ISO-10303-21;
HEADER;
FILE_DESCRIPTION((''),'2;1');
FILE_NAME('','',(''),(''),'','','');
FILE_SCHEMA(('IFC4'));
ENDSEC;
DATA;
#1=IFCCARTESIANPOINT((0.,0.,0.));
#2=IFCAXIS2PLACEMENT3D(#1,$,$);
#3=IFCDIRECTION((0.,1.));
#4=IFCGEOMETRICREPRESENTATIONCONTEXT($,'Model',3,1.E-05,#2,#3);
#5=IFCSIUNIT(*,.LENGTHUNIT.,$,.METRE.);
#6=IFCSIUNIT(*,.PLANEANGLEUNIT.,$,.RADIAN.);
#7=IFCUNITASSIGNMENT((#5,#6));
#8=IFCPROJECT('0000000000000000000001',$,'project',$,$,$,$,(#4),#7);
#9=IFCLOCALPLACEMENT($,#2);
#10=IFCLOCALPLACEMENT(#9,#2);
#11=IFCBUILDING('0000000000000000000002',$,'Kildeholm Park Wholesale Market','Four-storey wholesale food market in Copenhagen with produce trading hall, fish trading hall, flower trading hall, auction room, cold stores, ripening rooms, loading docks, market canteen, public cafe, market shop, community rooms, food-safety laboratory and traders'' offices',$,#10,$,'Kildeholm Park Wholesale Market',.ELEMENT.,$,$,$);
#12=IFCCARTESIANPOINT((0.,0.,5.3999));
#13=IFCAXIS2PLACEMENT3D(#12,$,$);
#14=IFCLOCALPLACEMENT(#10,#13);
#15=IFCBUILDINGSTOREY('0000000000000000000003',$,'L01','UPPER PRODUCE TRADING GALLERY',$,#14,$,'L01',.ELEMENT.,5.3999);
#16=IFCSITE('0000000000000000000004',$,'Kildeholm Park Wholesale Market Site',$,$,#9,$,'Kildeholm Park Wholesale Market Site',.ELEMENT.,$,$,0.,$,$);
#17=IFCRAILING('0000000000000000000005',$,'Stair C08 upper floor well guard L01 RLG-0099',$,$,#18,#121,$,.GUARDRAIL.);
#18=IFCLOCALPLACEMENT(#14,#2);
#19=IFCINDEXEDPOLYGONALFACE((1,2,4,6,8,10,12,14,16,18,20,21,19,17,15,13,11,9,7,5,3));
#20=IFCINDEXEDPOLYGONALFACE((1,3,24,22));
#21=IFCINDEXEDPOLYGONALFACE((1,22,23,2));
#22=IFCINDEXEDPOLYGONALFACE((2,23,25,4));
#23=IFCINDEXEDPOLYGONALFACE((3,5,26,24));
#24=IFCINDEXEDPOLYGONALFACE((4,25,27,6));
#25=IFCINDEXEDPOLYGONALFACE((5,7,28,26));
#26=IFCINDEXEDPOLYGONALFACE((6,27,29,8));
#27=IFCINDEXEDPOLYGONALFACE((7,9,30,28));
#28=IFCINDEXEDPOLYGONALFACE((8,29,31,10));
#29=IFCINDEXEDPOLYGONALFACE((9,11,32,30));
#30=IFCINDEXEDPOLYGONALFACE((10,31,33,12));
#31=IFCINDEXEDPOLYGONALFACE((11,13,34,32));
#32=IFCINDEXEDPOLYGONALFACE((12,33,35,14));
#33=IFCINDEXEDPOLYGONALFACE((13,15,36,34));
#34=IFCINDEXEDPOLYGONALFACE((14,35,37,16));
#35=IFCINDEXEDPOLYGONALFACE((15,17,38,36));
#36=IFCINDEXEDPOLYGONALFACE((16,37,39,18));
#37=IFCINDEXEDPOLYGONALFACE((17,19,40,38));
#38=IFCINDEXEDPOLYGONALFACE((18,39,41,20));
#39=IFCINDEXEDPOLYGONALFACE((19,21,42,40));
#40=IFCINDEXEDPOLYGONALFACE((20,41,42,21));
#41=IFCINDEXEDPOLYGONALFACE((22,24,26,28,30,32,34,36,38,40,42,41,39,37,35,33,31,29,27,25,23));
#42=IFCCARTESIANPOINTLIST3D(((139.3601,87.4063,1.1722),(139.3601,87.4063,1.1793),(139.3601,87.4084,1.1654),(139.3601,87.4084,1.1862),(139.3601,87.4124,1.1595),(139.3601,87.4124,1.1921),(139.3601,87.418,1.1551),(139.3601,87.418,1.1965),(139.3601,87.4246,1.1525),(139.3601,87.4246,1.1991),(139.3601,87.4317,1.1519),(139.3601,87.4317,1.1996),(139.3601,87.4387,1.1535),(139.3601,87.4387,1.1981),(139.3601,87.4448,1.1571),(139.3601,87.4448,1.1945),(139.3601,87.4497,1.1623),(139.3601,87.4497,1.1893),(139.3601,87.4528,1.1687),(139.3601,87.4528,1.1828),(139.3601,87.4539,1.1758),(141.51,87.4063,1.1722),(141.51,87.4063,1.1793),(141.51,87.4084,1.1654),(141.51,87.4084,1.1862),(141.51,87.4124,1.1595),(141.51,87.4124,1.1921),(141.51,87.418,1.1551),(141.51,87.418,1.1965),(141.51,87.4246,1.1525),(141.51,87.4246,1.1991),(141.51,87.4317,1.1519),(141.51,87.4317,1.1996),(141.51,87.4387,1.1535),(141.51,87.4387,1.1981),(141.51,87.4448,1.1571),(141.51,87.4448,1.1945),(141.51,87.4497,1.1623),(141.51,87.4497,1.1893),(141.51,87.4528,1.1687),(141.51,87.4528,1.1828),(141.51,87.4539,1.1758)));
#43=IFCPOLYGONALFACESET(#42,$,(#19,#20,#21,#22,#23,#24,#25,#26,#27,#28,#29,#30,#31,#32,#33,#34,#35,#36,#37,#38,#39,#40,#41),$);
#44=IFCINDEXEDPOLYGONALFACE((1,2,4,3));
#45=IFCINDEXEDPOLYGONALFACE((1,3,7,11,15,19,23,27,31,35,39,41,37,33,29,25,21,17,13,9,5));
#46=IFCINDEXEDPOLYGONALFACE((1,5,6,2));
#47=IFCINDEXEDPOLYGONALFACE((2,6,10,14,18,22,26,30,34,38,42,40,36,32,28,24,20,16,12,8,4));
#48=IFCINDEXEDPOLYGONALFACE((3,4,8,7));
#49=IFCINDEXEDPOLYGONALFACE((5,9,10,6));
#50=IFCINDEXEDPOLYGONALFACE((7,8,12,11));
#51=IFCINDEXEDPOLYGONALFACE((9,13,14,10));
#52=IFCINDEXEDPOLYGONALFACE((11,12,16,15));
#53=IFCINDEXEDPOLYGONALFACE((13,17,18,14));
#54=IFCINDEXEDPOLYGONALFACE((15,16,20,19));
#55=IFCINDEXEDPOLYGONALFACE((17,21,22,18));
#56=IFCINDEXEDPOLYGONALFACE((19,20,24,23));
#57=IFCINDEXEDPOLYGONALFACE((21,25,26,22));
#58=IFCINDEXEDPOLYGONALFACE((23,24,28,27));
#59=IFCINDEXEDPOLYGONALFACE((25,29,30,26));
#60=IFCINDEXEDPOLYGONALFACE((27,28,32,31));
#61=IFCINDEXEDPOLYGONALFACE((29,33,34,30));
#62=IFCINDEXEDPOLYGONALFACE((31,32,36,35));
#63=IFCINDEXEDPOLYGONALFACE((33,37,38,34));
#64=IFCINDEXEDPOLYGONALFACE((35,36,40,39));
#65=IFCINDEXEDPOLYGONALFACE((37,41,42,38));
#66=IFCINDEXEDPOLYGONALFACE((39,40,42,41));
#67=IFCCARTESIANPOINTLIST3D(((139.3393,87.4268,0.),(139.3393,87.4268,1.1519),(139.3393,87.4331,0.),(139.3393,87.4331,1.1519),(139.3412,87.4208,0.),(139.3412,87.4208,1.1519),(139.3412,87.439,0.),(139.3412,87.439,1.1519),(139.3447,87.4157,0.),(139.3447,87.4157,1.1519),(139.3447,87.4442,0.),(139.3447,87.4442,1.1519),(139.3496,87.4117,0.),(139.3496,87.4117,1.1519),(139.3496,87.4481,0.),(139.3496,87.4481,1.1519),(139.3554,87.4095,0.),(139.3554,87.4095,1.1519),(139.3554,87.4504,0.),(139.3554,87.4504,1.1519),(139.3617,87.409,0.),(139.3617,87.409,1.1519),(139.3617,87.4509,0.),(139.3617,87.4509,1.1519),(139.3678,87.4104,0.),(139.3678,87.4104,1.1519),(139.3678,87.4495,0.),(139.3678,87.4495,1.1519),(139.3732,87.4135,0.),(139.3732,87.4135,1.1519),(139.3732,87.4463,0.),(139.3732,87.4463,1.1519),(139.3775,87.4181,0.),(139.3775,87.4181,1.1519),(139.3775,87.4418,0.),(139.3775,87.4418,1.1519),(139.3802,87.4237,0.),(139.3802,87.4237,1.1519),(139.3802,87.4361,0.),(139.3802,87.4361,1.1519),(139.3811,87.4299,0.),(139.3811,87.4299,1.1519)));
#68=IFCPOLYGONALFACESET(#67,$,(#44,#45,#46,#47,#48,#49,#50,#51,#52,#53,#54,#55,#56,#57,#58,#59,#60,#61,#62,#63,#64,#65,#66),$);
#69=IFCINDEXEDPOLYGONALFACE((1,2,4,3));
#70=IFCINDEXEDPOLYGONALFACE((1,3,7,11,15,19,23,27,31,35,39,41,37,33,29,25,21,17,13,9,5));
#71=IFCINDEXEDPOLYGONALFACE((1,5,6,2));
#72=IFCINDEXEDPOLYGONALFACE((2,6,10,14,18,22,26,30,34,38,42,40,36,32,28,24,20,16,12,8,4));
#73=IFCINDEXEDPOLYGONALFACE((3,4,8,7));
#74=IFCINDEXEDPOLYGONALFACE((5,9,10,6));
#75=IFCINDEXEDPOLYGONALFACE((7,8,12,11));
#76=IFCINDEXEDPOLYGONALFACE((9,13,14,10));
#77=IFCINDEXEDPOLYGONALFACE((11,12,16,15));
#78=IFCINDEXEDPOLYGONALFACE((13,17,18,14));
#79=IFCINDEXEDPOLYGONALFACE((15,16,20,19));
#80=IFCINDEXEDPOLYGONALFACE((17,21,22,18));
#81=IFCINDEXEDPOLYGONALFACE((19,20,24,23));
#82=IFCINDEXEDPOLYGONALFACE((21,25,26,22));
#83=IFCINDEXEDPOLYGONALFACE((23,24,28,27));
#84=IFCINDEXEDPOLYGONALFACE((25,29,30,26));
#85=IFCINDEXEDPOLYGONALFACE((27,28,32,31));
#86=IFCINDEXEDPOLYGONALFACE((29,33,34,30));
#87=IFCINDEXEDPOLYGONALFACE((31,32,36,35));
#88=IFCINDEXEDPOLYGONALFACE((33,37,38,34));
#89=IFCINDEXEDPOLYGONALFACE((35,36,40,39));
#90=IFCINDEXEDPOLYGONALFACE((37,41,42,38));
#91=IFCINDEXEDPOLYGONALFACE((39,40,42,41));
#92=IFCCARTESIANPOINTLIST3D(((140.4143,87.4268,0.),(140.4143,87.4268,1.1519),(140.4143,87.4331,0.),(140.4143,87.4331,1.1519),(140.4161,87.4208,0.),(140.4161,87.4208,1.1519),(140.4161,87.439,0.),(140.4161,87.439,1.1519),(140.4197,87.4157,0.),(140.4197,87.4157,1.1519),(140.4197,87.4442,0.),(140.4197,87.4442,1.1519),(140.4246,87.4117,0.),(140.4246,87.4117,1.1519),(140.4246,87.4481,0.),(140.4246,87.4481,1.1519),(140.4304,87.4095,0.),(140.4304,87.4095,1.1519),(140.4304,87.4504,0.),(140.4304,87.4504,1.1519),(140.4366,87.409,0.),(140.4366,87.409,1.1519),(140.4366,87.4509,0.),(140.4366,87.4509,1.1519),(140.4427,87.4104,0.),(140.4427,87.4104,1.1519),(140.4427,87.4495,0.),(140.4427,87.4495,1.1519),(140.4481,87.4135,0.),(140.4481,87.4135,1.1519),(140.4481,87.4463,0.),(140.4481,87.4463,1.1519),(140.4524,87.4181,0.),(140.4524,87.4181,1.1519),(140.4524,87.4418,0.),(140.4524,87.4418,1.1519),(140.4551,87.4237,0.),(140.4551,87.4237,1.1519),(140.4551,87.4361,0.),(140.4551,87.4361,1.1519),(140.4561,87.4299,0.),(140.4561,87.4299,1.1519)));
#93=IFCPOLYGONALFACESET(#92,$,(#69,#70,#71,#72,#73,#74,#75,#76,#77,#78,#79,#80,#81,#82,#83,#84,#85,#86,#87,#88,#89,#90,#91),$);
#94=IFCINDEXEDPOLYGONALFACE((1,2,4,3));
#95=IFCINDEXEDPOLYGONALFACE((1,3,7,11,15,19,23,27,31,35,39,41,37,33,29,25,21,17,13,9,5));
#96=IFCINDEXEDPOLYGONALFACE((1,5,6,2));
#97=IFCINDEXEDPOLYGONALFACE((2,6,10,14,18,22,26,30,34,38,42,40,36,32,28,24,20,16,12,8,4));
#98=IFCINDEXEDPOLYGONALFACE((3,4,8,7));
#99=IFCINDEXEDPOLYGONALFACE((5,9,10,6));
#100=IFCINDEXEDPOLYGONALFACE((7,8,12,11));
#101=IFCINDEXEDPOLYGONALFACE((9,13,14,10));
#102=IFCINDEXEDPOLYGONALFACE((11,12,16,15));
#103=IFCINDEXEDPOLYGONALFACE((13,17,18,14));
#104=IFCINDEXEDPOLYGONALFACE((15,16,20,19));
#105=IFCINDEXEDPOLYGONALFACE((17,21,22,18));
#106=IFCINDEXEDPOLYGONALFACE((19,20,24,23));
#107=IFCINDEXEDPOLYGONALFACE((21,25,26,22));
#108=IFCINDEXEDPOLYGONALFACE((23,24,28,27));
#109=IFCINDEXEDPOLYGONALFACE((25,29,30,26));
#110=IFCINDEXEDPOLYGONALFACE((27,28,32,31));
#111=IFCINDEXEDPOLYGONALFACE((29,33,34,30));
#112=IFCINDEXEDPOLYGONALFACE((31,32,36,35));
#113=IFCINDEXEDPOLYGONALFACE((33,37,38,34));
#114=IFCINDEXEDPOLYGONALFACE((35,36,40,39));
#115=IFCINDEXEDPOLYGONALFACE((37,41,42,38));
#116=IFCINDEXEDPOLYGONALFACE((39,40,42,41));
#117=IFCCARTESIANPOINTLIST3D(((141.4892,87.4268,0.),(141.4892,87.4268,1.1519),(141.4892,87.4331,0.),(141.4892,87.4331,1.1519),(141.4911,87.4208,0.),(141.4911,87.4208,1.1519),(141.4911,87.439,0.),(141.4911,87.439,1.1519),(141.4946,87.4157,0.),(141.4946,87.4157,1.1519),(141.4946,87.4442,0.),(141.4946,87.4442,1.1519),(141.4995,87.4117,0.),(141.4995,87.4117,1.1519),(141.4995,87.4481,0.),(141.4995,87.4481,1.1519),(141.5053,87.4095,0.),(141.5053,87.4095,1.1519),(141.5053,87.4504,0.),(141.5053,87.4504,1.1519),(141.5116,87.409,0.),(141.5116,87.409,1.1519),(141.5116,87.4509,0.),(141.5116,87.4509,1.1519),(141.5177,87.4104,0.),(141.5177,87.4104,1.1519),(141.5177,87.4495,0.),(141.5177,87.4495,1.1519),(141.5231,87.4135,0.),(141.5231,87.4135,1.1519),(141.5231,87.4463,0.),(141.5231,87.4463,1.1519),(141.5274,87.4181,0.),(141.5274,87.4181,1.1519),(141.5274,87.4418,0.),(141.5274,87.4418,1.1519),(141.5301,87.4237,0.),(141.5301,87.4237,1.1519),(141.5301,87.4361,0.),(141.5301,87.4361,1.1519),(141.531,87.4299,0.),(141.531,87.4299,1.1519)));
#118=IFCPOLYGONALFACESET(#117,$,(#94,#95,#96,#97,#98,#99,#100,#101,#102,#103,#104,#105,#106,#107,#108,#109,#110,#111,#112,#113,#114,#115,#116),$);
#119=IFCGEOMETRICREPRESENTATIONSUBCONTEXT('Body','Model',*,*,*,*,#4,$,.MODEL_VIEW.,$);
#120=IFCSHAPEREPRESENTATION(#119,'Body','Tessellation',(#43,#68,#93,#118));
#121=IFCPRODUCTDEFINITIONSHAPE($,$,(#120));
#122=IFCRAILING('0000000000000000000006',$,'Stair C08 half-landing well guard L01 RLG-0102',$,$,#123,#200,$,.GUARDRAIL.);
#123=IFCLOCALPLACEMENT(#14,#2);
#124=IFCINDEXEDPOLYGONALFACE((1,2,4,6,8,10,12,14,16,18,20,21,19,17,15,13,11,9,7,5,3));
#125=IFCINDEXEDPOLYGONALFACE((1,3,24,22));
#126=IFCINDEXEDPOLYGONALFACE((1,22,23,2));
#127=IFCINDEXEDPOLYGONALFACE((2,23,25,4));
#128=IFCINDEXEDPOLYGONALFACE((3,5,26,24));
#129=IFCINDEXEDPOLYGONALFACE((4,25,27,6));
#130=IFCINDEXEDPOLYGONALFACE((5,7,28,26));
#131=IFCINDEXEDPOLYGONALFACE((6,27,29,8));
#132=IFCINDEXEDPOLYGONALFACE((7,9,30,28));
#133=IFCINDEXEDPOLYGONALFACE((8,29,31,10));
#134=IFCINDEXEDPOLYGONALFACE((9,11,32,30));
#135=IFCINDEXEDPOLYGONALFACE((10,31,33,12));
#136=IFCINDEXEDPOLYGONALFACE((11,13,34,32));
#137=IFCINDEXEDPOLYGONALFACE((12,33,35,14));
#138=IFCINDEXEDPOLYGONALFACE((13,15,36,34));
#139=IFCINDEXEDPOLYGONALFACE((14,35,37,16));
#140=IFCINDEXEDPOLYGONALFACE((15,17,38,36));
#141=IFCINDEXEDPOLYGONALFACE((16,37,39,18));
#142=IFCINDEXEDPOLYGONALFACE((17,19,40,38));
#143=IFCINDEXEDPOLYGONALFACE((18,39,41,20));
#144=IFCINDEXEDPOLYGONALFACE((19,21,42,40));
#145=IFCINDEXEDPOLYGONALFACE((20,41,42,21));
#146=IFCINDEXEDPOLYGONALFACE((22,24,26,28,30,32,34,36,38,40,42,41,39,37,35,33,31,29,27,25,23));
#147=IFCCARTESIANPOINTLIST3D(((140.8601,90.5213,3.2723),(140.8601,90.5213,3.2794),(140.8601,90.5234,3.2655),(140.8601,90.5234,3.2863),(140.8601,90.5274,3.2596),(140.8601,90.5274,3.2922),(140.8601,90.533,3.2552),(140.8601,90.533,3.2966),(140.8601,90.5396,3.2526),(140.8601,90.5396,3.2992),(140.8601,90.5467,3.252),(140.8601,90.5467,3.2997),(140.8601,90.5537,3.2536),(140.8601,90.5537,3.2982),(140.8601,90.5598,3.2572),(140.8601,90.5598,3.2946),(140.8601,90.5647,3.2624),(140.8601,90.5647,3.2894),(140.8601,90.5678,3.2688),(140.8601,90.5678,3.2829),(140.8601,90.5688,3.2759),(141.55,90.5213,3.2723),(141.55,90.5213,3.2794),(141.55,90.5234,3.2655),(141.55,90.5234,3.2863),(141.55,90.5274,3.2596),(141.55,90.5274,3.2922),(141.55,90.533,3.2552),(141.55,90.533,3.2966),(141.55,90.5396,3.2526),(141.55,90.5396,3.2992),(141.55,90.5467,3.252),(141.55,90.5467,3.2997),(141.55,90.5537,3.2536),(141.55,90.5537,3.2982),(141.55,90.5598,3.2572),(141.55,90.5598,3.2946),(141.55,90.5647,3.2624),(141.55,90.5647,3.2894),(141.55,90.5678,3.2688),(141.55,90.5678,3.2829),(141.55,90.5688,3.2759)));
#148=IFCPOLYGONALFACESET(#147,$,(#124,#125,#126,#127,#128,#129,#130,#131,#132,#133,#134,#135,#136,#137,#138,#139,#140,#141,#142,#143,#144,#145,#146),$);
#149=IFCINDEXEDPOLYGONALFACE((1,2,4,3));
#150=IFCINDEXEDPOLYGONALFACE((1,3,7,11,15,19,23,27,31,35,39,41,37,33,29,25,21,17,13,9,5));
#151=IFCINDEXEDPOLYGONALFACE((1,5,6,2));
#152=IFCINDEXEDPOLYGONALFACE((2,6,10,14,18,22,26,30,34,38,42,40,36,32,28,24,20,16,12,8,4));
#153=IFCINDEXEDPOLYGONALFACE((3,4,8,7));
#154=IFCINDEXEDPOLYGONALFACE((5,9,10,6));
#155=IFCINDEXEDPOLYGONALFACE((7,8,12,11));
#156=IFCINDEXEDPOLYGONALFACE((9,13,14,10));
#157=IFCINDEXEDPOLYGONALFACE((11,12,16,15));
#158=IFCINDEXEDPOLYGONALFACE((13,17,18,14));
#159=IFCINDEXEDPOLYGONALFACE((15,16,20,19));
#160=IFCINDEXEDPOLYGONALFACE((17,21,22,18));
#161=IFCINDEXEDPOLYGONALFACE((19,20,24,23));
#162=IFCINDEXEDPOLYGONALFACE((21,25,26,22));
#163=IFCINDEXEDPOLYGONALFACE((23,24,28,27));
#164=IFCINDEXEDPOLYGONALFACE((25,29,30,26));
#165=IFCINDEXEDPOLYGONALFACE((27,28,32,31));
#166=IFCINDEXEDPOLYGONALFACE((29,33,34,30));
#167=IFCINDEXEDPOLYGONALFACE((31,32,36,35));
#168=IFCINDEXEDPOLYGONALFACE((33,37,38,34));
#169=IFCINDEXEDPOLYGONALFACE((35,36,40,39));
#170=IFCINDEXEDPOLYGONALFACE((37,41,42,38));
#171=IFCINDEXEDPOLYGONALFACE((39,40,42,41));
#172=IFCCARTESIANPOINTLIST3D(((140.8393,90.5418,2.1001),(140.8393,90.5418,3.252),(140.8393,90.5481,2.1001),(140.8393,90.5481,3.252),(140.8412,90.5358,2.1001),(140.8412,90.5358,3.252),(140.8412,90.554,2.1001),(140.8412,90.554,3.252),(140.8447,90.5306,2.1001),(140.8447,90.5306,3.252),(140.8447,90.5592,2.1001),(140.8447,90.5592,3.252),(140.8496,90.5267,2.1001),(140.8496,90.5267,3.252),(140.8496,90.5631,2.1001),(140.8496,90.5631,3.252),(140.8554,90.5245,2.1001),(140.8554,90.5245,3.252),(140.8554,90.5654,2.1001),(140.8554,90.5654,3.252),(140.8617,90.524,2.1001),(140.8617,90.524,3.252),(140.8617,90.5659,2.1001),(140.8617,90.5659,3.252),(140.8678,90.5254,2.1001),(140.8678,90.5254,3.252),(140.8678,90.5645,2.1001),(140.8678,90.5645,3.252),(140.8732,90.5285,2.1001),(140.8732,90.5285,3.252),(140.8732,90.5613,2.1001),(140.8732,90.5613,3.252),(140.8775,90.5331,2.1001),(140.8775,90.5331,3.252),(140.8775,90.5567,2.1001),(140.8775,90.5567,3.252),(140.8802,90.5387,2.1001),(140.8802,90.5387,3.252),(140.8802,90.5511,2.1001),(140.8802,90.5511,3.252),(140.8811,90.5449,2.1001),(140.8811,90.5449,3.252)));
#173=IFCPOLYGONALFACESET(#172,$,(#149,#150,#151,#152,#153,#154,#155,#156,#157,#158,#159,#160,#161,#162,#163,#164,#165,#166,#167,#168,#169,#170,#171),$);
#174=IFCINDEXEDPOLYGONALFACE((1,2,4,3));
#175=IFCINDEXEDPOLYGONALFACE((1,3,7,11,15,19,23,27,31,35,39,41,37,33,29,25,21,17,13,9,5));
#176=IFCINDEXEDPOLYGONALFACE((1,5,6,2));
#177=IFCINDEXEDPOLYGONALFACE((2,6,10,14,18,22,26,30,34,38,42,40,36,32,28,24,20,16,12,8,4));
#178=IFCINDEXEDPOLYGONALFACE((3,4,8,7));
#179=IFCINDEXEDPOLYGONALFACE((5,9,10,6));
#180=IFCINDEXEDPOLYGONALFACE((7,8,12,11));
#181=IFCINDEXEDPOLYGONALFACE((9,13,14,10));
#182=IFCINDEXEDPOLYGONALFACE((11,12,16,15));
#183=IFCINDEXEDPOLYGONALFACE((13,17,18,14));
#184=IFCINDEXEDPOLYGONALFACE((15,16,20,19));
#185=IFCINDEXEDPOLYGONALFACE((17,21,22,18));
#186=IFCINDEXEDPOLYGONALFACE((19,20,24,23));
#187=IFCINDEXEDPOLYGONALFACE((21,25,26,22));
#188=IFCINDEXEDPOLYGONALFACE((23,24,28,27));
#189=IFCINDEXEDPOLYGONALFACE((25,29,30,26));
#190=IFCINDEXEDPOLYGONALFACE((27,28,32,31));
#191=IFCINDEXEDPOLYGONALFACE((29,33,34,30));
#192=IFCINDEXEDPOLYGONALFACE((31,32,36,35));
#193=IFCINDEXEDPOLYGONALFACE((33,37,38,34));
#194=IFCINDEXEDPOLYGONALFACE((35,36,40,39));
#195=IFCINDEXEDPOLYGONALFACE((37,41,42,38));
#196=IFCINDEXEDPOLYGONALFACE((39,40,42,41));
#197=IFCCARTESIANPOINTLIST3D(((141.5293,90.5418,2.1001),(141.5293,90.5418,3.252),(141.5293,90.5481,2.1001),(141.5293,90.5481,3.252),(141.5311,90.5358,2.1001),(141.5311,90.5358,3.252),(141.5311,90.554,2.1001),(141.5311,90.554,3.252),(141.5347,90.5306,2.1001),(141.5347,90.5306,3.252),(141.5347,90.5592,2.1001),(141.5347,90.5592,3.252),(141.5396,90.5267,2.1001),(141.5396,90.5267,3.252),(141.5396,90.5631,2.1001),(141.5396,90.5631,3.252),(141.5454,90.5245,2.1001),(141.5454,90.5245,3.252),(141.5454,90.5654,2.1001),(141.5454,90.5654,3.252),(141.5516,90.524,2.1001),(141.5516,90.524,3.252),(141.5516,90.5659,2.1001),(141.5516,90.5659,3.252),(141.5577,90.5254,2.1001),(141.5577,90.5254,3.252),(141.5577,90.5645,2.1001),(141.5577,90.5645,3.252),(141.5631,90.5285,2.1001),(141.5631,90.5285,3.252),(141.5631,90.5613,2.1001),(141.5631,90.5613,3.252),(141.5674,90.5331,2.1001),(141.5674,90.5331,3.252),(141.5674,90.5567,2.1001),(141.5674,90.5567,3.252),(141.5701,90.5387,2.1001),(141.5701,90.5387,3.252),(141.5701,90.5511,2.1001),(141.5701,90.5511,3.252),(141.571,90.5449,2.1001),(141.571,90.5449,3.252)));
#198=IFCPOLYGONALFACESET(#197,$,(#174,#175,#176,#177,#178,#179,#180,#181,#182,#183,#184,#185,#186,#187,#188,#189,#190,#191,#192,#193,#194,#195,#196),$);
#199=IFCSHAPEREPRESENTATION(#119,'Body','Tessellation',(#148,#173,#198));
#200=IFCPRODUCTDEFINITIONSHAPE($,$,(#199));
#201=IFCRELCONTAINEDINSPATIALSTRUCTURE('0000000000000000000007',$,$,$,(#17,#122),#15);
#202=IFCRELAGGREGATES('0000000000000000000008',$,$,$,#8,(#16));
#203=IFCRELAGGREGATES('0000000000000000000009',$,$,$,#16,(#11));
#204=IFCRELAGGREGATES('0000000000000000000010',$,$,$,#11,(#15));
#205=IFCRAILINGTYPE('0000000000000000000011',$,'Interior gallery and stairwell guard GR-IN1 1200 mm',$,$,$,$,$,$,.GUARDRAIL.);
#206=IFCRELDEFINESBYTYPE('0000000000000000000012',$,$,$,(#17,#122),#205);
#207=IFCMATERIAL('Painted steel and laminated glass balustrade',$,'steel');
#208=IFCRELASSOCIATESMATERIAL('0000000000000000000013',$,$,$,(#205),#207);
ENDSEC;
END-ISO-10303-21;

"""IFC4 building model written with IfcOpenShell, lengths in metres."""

from ifc_helpers import new_model, si_unit, direction, frame, origin, origin_2d, place, context, subcontext, project, spatial, circle, extrude, material, type_object, element, save


model = new_model("IFC4")

# Units and contexts
model_context = context("Model", 3, precision=1e-05, world=origin(), true_north=direction((0.0, 1.0)))
body_context = subcontext(model_context, "Body", "Model", "MODEL_VIEW")
ifc_project = project(units=[si_unit("LENGTHUNIT", "METRE"), si_unit("PLANEANGLEUNIT", "RADIAN")], contexts=[model_context])

# Site, building, storey
site_placement = place(None, origin())
site = spatial("IfcSite", under=ifc_project, at=site_placement, Name="Kildeholm Park Wholesale Market Site", LongName="Kildeholm Park Wholesale Market Site", CompositionType="ELEMENT", RefElevation=0.0)
building_placement = place(site_placement, origin())
building = spatial("IfcBuilding", under=site, at=building_placement, Name="Kildeholm Park Wholesale Market", Description="Four-storey wholesale food market in Copenhagen with produce trading hall, fish trading hall, flower trading hall, auction room, cold stores, ripening rooms, loading docks, market canteen, public cafe, market shop, community rooms, food-safety laboratory and traders' offices", LongName="Kildeholm Park Wholesale Market", CompositionType="ELEMENT")
storey_placement = place(building_placement, frame((0.0, 0.0, 5.3999)))
storey = spatial("IfcBuildingStorey", under=building, at=storey_placement, Name="L01", Description="UPPER PRODUCE TRADING GALLERY", LongName="L01", CompositionType="ELEMENT", Elevation=5.3999)

# Railings
ifc_material_1 = material(Name="Painted steel and laminated glass balustrade", Category="steel")
railing_type_1 = type_object("IfcRailingType", Name="Interior gallery and stairwell guard GR-IN1 1200 mm", PredefinedType="GUARDRAIL", material=ifc_material_1)
railing_1_placement = place(storey_placement, frame((139.3601, 87.4299, 0.0)))
element("IfcRailing", 1, at=railing_1_placement, inside=storey, type_object=railing_type_1, Name="Stair C08 upper floor well guard L01 RLG-0099", PredefinedType="GUARDRAIL", context=body_context, shape_type="SweptSolid", body=[
    extrude(circle(Radius=0.0239, at=origin_2d()), frame((0.0, 0.0, 1.1758), z_axis=(1.0, 0.0, 0.0), x_axis=(0.0, 1.0, 0.0)), (0.0, 0.0, 1.0), 2.1499),
    extrude(circle(Radius=0.021, at=origin_2d()), origin(), (0.0, 0.0, 1.0), 1.1519),
    extrude(circle(Radius=0.021, at=origin_2d()), frame((1.075, 0.0, 0.0)), (0.0, 0.0, 1.0), 1.1519),
    extrude(circle(Radius=0.021, at=origin_2d()), frame((2.1499, 0.0, 0.0)), (0.0, 0.0, 1.0), 1.1519),
])
railing_2_placement = place(storey_placement, frame((140.8601, 90.5449, 2.1001)))
element("IfcRailing", 2, at=railing_2_placement, inside=storey, type_object=railing_type_1, Name="Stair C08 half-landing well guard L01 RLG-0102", PredefinedType="GUARDRAIL", context=body_context, shape_type="SweptSolid", body=[
    extrude(circle(Radius=0.0239, at=origin_2d()), frame((0.0, 0.0, 1.1758), z_axis=(1.0, 0.0, 0.0), x_axis=(0.0, 1.0, 0.0)), (0.0, 0.0, 1.0), 0.6899),
    extrude(circle(Radius=0.021, at=origin_2d()), origin(), (0.0, 0.0, 1.0), 1.1519),
    extrude(circle(Radius=0.021, at=origin_2d()), frame((0.6899, 0.0, 0.0)), (0.0, 0.0, 1.0), 1.1519),
])

save(model, "model.ifc")
